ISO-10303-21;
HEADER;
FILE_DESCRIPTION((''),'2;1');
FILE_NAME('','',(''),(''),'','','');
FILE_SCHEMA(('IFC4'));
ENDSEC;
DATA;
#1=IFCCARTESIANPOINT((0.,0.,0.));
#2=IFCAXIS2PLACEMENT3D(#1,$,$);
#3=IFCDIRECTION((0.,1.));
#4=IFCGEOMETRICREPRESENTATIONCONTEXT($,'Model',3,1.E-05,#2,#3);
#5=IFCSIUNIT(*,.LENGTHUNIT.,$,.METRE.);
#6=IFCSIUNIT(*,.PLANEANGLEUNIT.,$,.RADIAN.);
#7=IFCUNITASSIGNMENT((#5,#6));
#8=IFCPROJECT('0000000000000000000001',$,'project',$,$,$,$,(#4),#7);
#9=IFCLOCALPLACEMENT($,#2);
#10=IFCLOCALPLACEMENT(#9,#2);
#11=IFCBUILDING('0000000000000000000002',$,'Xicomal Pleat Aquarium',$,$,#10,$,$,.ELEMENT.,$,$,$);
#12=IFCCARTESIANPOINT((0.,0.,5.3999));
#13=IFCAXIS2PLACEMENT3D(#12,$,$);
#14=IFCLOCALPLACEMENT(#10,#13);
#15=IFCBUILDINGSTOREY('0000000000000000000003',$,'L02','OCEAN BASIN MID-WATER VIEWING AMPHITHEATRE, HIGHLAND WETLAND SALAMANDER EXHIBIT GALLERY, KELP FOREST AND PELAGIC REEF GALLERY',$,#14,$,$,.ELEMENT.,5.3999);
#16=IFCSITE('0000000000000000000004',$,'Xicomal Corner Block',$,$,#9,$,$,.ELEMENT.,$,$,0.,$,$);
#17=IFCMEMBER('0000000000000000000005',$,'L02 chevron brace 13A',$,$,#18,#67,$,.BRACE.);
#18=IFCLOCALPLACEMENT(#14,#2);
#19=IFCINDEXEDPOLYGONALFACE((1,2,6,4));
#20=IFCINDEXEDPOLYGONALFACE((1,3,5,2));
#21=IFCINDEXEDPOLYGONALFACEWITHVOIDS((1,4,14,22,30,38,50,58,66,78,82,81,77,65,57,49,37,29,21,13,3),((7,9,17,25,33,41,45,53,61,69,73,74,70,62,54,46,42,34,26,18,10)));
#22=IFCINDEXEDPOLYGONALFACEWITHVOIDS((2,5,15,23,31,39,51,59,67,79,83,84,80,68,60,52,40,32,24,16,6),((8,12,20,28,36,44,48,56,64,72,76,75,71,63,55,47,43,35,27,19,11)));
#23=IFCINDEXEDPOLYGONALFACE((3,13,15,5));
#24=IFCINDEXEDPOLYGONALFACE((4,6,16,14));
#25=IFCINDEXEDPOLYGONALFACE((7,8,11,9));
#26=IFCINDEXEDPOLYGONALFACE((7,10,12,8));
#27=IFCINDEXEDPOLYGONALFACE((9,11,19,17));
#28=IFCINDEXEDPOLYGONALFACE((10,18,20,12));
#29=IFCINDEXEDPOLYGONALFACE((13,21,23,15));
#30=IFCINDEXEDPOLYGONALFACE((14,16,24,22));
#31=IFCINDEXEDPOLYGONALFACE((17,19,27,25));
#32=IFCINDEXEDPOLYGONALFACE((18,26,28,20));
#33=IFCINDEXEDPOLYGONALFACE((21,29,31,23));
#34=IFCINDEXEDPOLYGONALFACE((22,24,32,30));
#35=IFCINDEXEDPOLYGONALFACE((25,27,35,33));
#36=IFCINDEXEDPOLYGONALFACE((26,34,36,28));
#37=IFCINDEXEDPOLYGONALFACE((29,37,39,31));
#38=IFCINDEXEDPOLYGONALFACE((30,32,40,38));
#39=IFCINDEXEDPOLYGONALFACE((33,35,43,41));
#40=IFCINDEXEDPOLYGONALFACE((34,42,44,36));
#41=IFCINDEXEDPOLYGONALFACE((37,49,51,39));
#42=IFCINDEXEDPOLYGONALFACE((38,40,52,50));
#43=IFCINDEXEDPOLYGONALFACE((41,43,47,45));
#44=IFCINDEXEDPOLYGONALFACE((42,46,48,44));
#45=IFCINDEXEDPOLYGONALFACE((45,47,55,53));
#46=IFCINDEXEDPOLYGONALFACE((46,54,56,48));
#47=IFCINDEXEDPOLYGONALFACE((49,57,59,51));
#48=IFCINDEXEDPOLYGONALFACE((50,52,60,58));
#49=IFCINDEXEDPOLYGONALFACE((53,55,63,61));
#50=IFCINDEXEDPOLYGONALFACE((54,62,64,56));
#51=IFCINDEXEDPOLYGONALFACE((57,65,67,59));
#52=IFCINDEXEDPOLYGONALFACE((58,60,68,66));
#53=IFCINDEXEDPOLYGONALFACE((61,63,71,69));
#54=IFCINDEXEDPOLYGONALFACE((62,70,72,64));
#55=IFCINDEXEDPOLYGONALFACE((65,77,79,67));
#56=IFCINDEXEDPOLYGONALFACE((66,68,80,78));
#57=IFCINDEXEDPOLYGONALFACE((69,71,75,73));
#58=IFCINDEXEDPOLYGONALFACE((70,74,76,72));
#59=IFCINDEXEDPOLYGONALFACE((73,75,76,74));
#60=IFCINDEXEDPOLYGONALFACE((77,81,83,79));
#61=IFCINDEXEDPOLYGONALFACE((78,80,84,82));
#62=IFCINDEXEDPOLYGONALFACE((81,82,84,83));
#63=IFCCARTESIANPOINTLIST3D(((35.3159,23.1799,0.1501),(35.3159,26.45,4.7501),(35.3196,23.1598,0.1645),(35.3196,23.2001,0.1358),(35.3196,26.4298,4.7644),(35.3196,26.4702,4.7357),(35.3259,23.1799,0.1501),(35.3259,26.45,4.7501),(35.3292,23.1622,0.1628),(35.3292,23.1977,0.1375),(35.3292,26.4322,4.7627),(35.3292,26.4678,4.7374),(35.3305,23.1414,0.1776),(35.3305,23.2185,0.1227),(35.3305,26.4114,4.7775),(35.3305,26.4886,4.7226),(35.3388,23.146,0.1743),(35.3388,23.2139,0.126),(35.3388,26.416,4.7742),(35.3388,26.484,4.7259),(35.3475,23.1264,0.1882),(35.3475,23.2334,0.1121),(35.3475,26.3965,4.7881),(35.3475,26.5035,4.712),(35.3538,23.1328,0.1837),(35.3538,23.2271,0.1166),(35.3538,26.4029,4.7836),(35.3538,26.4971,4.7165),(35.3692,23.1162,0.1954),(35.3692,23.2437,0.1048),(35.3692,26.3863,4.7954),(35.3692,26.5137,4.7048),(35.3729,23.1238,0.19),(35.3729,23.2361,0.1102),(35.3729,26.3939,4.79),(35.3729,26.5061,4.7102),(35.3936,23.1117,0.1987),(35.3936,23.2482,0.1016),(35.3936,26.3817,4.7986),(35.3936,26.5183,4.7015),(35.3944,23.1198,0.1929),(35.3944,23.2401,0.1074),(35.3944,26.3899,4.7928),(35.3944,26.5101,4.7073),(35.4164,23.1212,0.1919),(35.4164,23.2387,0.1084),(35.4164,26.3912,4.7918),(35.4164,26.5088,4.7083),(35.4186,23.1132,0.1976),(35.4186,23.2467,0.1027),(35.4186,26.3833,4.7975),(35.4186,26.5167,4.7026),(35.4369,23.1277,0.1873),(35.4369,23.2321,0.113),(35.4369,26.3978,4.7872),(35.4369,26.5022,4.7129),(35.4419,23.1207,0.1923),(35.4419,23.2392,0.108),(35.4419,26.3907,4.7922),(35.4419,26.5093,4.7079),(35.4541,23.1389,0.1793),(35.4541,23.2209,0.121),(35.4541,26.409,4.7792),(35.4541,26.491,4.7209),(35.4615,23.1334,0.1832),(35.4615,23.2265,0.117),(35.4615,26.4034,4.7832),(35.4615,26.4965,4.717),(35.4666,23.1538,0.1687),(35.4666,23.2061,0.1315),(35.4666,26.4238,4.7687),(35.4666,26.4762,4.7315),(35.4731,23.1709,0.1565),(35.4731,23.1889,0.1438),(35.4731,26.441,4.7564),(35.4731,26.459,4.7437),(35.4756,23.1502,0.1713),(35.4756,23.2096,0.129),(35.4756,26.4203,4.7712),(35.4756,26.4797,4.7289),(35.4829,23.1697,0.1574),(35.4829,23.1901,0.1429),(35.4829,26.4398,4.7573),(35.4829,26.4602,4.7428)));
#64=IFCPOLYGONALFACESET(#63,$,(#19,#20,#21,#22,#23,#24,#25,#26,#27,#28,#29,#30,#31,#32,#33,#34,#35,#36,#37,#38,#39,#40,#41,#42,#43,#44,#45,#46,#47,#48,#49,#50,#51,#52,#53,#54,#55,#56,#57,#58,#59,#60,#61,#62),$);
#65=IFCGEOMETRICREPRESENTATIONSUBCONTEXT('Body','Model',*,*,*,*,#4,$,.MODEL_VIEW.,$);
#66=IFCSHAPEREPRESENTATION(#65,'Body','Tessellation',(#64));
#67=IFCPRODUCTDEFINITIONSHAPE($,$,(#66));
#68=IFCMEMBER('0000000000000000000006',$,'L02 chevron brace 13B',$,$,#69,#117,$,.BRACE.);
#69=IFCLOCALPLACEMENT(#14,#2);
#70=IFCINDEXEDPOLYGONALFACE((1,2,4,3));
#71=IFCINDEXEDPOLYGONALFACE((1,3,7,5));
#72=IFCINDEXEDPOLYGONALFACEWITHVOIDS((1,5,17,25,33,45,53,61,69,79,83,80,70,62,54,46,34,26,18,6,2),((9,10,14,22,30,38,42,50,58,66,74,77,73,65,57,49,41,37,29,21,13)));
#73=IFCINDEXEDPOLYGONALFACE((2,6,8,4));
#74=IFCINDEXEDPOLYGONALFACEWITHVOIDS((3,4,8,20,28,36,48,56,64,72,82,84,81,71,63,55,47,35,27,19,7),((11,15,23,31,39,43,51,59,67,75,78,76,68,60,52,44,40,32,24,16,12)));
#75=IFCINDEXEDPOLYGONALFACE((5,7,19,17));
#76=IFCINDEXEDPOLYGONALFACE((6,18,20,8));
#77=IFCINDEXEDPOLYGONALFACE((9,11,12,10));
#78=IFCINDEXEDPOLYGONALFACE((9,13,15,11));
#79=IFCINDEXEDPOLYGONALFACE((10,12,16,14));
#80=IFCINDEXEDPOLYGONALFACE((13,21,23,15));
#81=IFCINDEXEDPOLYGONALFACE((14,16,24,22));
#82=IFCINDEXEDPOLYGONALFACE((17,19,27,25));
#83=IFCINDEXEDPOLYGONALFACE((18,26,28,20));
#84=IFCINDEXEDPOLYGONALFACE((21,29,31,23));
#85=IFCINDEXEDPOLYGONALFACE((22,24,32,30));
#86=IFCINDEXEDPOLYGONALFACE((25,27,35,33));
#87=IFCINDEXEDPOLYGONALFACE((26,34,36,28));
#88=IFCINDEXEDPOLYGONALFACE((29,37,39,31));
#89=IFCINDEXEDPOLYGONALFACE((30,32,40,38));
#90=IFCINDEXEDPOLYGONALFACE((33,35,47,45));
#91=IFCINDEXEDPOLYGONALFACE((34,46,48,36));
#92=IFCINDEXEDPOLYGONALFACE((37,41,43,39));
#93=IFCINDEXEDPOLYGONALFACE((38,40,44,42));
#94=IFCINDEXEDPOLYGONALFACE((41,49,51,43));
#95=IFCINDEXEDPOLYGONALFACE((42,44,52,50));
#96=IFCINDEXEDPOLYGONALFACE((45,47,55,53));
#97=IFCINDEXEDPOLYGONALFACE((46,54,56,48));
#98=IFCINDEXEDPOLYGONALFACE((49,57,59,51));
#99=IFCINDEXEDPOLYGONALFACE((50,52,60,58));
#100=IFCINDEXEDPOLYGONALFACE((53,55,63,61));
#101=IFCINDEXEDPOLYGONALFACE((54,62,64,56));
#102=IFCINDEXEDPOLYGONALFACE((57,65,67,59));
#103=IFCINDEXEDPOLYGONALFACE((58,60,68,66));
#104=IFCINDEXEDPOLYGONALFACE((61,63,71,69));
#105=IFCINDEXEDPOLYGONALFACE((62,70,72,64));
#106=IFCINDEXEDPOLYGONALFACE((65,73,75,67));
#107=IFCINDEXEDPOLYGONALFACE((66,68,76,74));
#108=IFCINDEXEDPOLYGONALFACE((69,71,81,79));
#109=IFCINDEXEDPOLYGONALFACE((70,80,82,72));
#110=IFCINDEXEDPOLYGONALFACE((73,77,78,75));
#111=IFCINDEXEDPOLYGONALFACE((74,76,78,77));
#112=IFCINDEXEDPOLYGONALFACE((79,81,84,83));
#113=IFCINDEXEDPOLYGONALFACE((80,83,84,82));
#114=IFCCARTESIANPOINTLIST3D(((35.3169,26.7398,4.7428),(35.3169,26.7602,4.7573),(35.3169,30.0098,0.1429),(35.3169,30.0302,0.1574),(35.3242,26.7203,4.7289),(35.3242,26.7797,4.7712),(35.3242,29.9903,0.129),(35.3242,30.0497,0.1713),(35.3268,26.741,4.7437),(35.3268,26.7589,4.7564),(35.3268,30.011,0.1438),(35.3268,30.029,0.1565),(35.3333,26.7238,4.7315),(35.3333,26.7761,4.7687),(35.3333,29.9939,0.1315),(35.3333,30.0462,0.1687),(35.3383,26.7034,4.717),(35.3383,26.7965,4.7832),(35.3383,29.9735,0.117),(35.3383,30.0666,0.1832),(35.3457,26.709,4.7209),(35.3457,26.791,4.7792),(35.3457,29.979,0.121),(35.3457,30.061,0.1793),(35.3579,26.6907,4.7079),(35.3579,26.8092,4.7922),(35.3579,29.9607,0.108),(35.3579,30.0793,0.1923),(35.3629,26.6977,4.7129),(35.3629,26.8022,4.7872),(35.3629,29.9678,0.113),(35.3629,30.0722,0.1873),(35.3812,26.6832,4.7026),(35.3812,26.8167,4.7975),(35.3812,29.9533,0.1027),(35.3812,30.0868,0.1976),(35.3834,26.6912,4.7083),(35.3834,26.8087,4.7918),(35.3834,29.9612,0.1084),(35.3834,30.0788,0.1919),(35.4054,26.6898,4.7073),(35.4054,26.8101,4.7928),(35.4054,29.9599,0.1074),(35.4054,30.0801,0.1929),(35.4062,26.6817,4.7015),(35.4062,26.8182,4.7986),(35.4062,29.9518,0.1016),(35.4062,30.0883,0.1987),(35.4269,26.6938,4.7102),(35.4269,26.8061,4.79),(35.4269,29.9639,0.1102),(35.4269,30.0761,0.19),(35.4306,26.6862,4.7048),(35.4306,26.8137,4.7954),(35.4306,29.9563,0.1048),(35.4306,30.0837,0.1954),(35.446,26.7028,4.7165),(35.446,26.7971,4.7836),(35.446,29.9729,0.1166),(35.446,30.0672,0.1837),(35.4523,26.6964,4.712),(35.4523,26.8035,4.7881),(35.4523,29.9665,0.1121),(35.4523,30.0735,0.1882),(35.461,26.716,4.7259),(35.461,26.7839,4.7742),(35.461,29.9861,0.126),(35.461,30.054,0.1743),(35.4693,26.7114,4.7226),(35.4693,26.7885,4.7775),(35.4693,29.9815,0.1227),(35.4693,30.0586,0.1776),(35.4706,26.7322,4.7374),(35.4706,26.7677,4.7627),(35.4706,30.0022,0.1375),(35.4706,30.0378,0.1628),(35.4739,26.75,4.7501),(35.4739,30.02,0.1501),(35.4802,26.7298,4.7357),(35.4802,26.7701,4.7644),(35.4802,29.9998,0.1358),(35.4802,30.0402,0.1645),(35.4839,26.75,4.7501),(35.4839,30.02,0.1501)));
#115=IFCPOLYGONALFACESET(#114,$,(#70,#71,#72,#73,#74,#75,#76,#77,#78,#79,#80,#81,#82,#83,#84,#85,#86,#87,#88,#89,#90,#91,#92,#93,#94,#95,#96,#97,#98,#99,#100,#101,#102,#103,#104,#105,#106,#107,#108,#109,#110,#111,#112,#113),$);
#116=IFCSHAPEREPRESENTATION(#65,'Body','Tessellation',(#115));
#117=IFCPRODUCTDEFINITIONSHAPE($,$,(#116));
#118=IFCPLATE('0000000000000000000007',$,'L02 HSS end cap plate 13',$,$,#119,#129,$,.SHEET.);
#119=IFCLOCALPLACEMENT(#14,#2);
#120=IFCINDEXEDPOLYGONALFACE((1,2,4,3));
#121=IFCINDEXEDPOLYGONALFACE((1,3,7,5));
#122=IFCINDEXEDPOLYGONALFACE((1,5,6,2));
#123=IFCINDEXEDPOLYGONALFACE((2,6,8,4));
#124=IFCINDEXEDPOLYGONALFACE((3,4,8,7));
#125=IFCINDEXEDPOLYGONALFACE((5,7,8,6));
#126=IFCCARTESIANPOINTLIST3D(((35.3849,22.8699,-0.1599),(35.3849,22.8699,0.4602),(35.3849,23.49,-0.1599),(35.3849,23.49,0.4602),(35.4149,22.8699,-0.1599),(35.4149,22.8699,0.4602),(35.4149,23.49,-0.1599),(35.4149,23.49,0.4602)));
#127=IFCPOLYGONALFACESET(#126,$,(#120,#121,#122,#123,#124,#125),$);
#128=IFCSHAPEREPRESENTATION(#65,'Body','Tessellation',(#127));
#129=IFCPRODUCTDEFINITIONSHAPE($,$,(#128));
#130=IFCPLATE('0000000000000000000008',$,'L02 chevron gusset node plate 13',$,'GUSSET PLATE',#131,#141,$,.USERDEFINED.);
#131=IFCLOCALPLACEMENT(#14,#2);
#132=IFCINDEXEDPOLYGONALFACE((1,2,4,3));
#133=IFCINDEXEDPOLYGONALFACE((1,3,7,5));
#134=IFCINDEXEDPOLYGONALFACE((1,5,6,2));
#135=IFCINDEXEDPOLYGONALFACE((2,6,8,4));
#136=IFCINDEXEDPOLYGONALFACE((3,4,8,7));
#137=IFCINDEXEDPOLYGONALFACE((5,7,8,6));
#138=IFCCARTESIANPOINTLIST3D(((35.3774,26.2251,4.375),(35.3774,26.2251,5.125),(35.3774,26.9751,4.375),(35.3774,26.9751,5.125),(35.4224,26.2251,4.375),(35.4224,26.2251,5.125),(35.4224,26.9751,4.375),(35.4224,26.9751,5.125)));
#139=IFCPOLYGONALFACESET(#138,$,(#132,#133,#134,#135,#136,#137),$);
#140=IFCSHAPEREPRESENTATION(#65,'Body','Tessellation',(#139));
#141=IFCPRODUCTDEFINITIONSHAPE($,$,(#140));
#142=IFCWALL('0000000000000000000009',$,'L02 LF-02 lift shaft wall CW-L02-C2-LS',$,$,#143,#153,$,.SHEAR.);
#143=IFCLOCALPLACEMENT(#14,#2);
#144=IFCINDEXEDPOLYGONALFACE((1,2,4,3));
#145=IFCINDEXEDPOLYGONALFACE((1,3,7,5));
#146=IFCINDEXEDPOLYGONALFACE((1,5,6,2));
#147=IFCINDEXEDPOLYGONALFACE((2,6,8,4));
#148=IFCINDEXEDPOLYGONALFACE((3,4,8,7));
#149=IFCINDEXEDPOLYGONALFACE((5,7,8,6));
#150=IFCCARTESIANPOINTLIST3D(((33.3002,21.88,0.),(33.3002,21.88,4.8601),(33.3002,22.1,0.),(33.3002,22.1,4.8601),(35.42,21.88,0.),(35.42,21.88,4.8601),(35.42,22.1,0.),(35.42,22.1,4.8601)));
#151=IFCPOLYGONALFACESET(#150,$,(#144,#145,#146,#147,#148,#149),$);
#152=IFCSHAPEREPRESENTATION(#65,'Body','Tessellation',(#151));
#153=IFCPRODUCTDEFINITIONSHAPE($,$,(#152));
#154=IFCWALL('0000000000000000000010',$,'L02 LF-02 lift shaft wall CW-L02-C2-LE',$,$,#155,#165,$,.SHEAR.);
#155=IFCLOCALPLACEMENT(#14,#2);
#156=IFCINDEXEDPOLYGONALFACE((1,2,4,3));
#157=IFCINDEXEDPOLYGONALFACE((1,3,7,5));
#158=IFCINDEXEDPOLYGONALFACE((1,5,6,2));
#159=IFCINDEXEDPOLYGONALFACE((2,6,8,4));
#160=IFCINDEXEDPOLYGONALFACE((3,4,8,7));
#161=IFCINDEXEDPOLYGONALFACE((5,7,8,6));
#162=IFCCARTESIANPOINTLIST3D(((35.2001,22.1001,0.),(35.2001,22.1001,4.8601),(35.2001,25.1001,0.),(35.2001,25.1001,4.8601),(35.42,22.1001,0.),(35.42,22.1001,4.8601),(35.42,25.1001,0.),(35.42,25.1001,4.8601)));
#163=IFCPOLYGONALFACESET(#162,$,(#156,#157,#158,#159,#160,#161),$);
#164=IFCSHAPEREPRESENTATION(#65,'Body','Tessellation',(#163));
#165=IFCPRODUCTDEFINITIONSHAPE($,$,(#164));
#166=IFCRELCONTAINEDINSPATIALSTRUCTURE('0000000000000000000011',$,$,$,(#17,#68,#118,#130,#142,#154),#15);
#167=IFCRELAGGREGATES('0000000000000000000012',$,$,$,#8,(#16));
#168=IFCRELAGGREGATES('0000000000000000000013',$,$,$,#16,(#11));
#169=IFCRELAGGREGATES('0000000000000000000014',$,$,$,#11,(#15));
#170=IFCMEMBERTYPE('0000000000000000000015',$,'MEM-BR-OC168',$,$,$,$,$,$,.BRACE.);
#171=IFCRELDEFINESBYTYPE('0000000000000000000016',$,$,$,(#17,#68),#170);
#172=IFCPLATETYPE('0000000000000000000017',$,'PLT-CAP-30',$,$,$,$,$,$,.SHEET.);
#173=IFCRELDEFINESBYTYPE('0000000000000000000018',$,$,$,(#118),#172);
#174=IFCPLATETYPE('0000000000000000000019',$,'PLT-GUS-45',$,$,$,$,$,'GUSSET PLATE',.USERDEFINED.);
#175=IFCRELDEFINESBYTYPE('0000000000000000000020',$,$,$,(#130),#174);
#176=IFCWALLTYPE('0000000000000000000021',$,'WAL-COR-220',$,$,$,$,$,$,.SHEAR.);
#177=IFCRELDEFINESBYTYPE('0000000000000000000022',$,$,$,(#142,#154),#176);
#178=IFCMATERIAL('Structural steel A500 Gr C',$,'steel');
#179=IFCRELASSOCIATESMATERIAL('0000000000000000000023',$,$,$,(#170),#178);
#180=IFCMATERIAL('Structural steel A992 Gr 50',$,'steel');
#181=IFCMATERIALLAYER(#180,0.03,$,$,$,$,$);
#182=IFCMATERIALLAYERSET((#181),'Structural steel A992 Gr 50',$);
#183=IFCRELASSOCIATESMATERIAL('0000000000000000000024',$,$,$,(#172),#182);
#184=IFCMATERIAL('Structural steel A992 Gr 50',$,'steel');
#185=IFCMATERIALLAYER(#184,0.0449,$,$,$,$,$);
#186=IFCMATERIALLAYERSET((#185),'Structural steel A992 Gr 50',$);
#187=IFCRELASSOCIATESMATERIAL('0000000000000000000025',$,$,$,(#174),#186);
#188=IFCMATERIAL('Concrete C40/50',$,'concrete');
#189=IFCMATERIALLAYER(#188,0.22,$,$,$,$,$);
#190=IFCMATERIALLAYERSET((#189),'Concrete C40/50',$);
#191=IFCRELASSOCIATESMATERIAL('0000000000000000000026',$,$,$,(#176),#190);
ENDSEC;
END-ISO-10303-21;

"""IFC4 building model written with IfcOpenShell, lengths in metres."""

from ifc_helpers import new_model, si_unit, direction, frame, frame_2d, origin, origin_2d, place, context, subcontext, project, spatial, rectangle, hollow_circle, extrude, material, layer, layer_set, material_profile, profile_set, type_object, element, save


model = new_model("IFC4")

# Units and contexts
model_context = context("Model", 3, precision=1e-05, world=origin(), true_north=direction((0.0, 1.0)))
body_context = subcontext(model_context, "Body", "Model", "MODEL_VIEW")
ifc_project = project(units=[si_unit("LENGTHUNIT", "METRE"), si_unit("PLANEANGLEUNIT", "RADIAN")], contexts=[model_context])

# Site, building, storey
site_placement = place(None, origin())
site = spatial("IfcSite", under=ifc_project, at=site_placement, Name="Xicomal Corner Block", CompositionType="ELEMENT", RefElevation=0.0)
building_placement = place(site_placement, origin())
building = spatial("IfcBuilding", under=site, at=building_placement, Name="Xicomal Pleat Aquarium", CompositionType="ELEMENT")
storey_placement = place(building_placement, frame((0.0, 0.0, 5.3999)))
storey = spatial("IfcBuildingStorey", under=building, at=storey_placement, Name="L02", Description="OCEAN BASIN MID-WATER VIEWING AMPHITHEATRE, HIGHLAND WETLAND SALAMANDER EXHIBIT GALLERY, KELP FOREST AND PELAGIC REEF GALLERY", CompositionType="ELEMENT", Elevation=5.3999)

# Members
ifc_material_1 = material(Name="Structural steel A500 Gr C", Category="steel")
ifc_material_profile_1 = material_profile(ifc_material_1, hollow_circle(Radius=0.084, WallThickness=0.01, at=origin_2d()), Name="OC 168x10")
ifc_profile_set_1 = profile_set([ifc_material_profile_1], Name="Structural steel A500 Gr C")
member_type = type_object("IfcMemberType", Name="MEM-BR-OC168", PredefinedType="BRACE", material=ifc_profile_set_1)
for number, where, z_axis, x_axis, name in (
    (1, (35.3999, 23.1799, 0.1501), (0.0, 0.579408, 0.815038), (-1.0, 0.0, 0.0), "L02 chevron brace 13A"),
    (2, (35.3999, 30.02, 0.1501), (0.0, -0.579408, 0.815038), (1.0, 0.0, 0.0), "L02 chevron brace 13B"),
):
    element("IfcMember", number, at=place(storey_placement, frame(where, z_axis=z_axis, x_axis=x_axis)), inside=storey, type_object=member_type, Name=name, PredefinedType="BRACE", context=body_context, shape_type="SweptSolid", body=[
        extrude(hollow_circle(Radius=0.084, WallThickness=0.01, at=origin_2d()), origin(), (0.0, 0.0, 1.0), 5.6438),
    ])

# Plates
ifc_material_2 = material(Name="Structural steel A992 Gr 50", Category="steel")
ifc_layer_1 = layer(ifc_material_2, 0.03)
ifc_layer_set_1 = layer_set([ifc_layer_1], Name="Structural steel A992 Gr 50")
plate_type_1 = type_object("IfcPlateType", Name="PLT-CAP-30", PredefinedType="SHEET", material=ifc_layer_set_1)
plate_1_placement = place(storey_placement, frame((35.3999, 23.1799, -0.1599), z_axis=(0.0, 0.0, 1.0), x_axis=(0.0, 1.0, 0.0)))
element("IfcPlate", 3, at=plate_1_placement, inside=storey, type_object=plate_type_1, Name="L02 HSS end cap plate 13", PredefinedType="SHEET", context=body_context, shape_type="SweptSolid", body=[
    extrude(rectangle(XDim=0.6201, YDim=0.03, at=origin_2d()), origin(), (0.0, 0.0, 1.0), 0.6201),
])
ifc_material_3 = material(Name="Structural steel A992 Gr 50", Category="steel")
ifc_layer_2 = layer(ifc_material_3, 0.0449)
ifc_layer_set_2 = layer_set([ifc_layer_2], Name="Structural steel A992 Gr 50")
plate_type_2 = type_object("IfcPlateType", Name="PLT-GUS-45", ElementType="GUSSET PLATE", PredefinedType="USERDEFINED", material=ifc_layer_set_2)
plate_2_placement = place(storey_placement, frame((35.3999, 26.6001, 4.375), z_axis=(0.0, 0.0, 1.0), x_axis=(0.0, 1.0, 0.0)))
element("IfcPlate", 4, at=plate_2_placement, inside=storey, type_object=plate_type_2, Name="L02 chevron gusset node plate 13", ObjectType="GUSSET PLATE", PredefinedType="USERDEFINED", context=body_context, shape_type="SweptSolid", body=[
    extrude(rectangle(XDim=0.75, YDim=0.0449, at=origin_2d()), origin(), (0.0, 0.0, 1.0), 0.75),
])

# Wall
ifc_material_4 = material(Name="Concrete C40/50", Category="concrete")
ifc_layer_3 = layer(ifc_material_4, 0.22)
ifc_layer_set_3 = layer_set([ifc_layer_3], Name="Concrete C40/50")
wall_type_1 = type_object("IfcWallType", Name="WAL-COR-220", PredefinedType="SHEAR", material=ifc_layer_set_3)
wall_1_placement = place(storey_placement, frame((33.3, 21.99, 0.0), z_axis=(0.0, 0.0, 1.0), x_axis=(1.0, 0.0, 0.0)))
element("IfcWall", 5, at=wall_1_placement, inside=storey, type_object=wall_type_1, Name="L02 LF-02 lift shaft wall CW-L02-C2-LS", PredefinedType="SHEAR", context=body_context, shape_type="SweptSolid", body=[
    extrude(rectangle(XDim=2.1199, YDim=0.22, at=frame_2d((1.0601, 0.0))), origin(), (0.0, 0.0, 1.0), 4.8601),
])

# Wall
wall_2_placement = place(storey_placement, frame((35.3101, 22.1001, 0.0), z_axis=(0.0, 0.0, 1.0), x_axis=(0.0, 1.0, 0.0)))
element("IfcWall", 6, at=wall_2_placement, inside=storey, type_object=wall_type_1, Name="L02 LF-02 lift shaft wall CW-L02-C2-LE", PredefinedType="SHEAR", context=body_context, shape_type="SweptSolid", body=[
    extrude(rectangle(XDim=3.0, YDim=0.22, at=frame_2d((1.5, 0.0))), origin(), (0.0, 0.0, 1.0), 4.8601),
])

save(model, "model.ifc")
